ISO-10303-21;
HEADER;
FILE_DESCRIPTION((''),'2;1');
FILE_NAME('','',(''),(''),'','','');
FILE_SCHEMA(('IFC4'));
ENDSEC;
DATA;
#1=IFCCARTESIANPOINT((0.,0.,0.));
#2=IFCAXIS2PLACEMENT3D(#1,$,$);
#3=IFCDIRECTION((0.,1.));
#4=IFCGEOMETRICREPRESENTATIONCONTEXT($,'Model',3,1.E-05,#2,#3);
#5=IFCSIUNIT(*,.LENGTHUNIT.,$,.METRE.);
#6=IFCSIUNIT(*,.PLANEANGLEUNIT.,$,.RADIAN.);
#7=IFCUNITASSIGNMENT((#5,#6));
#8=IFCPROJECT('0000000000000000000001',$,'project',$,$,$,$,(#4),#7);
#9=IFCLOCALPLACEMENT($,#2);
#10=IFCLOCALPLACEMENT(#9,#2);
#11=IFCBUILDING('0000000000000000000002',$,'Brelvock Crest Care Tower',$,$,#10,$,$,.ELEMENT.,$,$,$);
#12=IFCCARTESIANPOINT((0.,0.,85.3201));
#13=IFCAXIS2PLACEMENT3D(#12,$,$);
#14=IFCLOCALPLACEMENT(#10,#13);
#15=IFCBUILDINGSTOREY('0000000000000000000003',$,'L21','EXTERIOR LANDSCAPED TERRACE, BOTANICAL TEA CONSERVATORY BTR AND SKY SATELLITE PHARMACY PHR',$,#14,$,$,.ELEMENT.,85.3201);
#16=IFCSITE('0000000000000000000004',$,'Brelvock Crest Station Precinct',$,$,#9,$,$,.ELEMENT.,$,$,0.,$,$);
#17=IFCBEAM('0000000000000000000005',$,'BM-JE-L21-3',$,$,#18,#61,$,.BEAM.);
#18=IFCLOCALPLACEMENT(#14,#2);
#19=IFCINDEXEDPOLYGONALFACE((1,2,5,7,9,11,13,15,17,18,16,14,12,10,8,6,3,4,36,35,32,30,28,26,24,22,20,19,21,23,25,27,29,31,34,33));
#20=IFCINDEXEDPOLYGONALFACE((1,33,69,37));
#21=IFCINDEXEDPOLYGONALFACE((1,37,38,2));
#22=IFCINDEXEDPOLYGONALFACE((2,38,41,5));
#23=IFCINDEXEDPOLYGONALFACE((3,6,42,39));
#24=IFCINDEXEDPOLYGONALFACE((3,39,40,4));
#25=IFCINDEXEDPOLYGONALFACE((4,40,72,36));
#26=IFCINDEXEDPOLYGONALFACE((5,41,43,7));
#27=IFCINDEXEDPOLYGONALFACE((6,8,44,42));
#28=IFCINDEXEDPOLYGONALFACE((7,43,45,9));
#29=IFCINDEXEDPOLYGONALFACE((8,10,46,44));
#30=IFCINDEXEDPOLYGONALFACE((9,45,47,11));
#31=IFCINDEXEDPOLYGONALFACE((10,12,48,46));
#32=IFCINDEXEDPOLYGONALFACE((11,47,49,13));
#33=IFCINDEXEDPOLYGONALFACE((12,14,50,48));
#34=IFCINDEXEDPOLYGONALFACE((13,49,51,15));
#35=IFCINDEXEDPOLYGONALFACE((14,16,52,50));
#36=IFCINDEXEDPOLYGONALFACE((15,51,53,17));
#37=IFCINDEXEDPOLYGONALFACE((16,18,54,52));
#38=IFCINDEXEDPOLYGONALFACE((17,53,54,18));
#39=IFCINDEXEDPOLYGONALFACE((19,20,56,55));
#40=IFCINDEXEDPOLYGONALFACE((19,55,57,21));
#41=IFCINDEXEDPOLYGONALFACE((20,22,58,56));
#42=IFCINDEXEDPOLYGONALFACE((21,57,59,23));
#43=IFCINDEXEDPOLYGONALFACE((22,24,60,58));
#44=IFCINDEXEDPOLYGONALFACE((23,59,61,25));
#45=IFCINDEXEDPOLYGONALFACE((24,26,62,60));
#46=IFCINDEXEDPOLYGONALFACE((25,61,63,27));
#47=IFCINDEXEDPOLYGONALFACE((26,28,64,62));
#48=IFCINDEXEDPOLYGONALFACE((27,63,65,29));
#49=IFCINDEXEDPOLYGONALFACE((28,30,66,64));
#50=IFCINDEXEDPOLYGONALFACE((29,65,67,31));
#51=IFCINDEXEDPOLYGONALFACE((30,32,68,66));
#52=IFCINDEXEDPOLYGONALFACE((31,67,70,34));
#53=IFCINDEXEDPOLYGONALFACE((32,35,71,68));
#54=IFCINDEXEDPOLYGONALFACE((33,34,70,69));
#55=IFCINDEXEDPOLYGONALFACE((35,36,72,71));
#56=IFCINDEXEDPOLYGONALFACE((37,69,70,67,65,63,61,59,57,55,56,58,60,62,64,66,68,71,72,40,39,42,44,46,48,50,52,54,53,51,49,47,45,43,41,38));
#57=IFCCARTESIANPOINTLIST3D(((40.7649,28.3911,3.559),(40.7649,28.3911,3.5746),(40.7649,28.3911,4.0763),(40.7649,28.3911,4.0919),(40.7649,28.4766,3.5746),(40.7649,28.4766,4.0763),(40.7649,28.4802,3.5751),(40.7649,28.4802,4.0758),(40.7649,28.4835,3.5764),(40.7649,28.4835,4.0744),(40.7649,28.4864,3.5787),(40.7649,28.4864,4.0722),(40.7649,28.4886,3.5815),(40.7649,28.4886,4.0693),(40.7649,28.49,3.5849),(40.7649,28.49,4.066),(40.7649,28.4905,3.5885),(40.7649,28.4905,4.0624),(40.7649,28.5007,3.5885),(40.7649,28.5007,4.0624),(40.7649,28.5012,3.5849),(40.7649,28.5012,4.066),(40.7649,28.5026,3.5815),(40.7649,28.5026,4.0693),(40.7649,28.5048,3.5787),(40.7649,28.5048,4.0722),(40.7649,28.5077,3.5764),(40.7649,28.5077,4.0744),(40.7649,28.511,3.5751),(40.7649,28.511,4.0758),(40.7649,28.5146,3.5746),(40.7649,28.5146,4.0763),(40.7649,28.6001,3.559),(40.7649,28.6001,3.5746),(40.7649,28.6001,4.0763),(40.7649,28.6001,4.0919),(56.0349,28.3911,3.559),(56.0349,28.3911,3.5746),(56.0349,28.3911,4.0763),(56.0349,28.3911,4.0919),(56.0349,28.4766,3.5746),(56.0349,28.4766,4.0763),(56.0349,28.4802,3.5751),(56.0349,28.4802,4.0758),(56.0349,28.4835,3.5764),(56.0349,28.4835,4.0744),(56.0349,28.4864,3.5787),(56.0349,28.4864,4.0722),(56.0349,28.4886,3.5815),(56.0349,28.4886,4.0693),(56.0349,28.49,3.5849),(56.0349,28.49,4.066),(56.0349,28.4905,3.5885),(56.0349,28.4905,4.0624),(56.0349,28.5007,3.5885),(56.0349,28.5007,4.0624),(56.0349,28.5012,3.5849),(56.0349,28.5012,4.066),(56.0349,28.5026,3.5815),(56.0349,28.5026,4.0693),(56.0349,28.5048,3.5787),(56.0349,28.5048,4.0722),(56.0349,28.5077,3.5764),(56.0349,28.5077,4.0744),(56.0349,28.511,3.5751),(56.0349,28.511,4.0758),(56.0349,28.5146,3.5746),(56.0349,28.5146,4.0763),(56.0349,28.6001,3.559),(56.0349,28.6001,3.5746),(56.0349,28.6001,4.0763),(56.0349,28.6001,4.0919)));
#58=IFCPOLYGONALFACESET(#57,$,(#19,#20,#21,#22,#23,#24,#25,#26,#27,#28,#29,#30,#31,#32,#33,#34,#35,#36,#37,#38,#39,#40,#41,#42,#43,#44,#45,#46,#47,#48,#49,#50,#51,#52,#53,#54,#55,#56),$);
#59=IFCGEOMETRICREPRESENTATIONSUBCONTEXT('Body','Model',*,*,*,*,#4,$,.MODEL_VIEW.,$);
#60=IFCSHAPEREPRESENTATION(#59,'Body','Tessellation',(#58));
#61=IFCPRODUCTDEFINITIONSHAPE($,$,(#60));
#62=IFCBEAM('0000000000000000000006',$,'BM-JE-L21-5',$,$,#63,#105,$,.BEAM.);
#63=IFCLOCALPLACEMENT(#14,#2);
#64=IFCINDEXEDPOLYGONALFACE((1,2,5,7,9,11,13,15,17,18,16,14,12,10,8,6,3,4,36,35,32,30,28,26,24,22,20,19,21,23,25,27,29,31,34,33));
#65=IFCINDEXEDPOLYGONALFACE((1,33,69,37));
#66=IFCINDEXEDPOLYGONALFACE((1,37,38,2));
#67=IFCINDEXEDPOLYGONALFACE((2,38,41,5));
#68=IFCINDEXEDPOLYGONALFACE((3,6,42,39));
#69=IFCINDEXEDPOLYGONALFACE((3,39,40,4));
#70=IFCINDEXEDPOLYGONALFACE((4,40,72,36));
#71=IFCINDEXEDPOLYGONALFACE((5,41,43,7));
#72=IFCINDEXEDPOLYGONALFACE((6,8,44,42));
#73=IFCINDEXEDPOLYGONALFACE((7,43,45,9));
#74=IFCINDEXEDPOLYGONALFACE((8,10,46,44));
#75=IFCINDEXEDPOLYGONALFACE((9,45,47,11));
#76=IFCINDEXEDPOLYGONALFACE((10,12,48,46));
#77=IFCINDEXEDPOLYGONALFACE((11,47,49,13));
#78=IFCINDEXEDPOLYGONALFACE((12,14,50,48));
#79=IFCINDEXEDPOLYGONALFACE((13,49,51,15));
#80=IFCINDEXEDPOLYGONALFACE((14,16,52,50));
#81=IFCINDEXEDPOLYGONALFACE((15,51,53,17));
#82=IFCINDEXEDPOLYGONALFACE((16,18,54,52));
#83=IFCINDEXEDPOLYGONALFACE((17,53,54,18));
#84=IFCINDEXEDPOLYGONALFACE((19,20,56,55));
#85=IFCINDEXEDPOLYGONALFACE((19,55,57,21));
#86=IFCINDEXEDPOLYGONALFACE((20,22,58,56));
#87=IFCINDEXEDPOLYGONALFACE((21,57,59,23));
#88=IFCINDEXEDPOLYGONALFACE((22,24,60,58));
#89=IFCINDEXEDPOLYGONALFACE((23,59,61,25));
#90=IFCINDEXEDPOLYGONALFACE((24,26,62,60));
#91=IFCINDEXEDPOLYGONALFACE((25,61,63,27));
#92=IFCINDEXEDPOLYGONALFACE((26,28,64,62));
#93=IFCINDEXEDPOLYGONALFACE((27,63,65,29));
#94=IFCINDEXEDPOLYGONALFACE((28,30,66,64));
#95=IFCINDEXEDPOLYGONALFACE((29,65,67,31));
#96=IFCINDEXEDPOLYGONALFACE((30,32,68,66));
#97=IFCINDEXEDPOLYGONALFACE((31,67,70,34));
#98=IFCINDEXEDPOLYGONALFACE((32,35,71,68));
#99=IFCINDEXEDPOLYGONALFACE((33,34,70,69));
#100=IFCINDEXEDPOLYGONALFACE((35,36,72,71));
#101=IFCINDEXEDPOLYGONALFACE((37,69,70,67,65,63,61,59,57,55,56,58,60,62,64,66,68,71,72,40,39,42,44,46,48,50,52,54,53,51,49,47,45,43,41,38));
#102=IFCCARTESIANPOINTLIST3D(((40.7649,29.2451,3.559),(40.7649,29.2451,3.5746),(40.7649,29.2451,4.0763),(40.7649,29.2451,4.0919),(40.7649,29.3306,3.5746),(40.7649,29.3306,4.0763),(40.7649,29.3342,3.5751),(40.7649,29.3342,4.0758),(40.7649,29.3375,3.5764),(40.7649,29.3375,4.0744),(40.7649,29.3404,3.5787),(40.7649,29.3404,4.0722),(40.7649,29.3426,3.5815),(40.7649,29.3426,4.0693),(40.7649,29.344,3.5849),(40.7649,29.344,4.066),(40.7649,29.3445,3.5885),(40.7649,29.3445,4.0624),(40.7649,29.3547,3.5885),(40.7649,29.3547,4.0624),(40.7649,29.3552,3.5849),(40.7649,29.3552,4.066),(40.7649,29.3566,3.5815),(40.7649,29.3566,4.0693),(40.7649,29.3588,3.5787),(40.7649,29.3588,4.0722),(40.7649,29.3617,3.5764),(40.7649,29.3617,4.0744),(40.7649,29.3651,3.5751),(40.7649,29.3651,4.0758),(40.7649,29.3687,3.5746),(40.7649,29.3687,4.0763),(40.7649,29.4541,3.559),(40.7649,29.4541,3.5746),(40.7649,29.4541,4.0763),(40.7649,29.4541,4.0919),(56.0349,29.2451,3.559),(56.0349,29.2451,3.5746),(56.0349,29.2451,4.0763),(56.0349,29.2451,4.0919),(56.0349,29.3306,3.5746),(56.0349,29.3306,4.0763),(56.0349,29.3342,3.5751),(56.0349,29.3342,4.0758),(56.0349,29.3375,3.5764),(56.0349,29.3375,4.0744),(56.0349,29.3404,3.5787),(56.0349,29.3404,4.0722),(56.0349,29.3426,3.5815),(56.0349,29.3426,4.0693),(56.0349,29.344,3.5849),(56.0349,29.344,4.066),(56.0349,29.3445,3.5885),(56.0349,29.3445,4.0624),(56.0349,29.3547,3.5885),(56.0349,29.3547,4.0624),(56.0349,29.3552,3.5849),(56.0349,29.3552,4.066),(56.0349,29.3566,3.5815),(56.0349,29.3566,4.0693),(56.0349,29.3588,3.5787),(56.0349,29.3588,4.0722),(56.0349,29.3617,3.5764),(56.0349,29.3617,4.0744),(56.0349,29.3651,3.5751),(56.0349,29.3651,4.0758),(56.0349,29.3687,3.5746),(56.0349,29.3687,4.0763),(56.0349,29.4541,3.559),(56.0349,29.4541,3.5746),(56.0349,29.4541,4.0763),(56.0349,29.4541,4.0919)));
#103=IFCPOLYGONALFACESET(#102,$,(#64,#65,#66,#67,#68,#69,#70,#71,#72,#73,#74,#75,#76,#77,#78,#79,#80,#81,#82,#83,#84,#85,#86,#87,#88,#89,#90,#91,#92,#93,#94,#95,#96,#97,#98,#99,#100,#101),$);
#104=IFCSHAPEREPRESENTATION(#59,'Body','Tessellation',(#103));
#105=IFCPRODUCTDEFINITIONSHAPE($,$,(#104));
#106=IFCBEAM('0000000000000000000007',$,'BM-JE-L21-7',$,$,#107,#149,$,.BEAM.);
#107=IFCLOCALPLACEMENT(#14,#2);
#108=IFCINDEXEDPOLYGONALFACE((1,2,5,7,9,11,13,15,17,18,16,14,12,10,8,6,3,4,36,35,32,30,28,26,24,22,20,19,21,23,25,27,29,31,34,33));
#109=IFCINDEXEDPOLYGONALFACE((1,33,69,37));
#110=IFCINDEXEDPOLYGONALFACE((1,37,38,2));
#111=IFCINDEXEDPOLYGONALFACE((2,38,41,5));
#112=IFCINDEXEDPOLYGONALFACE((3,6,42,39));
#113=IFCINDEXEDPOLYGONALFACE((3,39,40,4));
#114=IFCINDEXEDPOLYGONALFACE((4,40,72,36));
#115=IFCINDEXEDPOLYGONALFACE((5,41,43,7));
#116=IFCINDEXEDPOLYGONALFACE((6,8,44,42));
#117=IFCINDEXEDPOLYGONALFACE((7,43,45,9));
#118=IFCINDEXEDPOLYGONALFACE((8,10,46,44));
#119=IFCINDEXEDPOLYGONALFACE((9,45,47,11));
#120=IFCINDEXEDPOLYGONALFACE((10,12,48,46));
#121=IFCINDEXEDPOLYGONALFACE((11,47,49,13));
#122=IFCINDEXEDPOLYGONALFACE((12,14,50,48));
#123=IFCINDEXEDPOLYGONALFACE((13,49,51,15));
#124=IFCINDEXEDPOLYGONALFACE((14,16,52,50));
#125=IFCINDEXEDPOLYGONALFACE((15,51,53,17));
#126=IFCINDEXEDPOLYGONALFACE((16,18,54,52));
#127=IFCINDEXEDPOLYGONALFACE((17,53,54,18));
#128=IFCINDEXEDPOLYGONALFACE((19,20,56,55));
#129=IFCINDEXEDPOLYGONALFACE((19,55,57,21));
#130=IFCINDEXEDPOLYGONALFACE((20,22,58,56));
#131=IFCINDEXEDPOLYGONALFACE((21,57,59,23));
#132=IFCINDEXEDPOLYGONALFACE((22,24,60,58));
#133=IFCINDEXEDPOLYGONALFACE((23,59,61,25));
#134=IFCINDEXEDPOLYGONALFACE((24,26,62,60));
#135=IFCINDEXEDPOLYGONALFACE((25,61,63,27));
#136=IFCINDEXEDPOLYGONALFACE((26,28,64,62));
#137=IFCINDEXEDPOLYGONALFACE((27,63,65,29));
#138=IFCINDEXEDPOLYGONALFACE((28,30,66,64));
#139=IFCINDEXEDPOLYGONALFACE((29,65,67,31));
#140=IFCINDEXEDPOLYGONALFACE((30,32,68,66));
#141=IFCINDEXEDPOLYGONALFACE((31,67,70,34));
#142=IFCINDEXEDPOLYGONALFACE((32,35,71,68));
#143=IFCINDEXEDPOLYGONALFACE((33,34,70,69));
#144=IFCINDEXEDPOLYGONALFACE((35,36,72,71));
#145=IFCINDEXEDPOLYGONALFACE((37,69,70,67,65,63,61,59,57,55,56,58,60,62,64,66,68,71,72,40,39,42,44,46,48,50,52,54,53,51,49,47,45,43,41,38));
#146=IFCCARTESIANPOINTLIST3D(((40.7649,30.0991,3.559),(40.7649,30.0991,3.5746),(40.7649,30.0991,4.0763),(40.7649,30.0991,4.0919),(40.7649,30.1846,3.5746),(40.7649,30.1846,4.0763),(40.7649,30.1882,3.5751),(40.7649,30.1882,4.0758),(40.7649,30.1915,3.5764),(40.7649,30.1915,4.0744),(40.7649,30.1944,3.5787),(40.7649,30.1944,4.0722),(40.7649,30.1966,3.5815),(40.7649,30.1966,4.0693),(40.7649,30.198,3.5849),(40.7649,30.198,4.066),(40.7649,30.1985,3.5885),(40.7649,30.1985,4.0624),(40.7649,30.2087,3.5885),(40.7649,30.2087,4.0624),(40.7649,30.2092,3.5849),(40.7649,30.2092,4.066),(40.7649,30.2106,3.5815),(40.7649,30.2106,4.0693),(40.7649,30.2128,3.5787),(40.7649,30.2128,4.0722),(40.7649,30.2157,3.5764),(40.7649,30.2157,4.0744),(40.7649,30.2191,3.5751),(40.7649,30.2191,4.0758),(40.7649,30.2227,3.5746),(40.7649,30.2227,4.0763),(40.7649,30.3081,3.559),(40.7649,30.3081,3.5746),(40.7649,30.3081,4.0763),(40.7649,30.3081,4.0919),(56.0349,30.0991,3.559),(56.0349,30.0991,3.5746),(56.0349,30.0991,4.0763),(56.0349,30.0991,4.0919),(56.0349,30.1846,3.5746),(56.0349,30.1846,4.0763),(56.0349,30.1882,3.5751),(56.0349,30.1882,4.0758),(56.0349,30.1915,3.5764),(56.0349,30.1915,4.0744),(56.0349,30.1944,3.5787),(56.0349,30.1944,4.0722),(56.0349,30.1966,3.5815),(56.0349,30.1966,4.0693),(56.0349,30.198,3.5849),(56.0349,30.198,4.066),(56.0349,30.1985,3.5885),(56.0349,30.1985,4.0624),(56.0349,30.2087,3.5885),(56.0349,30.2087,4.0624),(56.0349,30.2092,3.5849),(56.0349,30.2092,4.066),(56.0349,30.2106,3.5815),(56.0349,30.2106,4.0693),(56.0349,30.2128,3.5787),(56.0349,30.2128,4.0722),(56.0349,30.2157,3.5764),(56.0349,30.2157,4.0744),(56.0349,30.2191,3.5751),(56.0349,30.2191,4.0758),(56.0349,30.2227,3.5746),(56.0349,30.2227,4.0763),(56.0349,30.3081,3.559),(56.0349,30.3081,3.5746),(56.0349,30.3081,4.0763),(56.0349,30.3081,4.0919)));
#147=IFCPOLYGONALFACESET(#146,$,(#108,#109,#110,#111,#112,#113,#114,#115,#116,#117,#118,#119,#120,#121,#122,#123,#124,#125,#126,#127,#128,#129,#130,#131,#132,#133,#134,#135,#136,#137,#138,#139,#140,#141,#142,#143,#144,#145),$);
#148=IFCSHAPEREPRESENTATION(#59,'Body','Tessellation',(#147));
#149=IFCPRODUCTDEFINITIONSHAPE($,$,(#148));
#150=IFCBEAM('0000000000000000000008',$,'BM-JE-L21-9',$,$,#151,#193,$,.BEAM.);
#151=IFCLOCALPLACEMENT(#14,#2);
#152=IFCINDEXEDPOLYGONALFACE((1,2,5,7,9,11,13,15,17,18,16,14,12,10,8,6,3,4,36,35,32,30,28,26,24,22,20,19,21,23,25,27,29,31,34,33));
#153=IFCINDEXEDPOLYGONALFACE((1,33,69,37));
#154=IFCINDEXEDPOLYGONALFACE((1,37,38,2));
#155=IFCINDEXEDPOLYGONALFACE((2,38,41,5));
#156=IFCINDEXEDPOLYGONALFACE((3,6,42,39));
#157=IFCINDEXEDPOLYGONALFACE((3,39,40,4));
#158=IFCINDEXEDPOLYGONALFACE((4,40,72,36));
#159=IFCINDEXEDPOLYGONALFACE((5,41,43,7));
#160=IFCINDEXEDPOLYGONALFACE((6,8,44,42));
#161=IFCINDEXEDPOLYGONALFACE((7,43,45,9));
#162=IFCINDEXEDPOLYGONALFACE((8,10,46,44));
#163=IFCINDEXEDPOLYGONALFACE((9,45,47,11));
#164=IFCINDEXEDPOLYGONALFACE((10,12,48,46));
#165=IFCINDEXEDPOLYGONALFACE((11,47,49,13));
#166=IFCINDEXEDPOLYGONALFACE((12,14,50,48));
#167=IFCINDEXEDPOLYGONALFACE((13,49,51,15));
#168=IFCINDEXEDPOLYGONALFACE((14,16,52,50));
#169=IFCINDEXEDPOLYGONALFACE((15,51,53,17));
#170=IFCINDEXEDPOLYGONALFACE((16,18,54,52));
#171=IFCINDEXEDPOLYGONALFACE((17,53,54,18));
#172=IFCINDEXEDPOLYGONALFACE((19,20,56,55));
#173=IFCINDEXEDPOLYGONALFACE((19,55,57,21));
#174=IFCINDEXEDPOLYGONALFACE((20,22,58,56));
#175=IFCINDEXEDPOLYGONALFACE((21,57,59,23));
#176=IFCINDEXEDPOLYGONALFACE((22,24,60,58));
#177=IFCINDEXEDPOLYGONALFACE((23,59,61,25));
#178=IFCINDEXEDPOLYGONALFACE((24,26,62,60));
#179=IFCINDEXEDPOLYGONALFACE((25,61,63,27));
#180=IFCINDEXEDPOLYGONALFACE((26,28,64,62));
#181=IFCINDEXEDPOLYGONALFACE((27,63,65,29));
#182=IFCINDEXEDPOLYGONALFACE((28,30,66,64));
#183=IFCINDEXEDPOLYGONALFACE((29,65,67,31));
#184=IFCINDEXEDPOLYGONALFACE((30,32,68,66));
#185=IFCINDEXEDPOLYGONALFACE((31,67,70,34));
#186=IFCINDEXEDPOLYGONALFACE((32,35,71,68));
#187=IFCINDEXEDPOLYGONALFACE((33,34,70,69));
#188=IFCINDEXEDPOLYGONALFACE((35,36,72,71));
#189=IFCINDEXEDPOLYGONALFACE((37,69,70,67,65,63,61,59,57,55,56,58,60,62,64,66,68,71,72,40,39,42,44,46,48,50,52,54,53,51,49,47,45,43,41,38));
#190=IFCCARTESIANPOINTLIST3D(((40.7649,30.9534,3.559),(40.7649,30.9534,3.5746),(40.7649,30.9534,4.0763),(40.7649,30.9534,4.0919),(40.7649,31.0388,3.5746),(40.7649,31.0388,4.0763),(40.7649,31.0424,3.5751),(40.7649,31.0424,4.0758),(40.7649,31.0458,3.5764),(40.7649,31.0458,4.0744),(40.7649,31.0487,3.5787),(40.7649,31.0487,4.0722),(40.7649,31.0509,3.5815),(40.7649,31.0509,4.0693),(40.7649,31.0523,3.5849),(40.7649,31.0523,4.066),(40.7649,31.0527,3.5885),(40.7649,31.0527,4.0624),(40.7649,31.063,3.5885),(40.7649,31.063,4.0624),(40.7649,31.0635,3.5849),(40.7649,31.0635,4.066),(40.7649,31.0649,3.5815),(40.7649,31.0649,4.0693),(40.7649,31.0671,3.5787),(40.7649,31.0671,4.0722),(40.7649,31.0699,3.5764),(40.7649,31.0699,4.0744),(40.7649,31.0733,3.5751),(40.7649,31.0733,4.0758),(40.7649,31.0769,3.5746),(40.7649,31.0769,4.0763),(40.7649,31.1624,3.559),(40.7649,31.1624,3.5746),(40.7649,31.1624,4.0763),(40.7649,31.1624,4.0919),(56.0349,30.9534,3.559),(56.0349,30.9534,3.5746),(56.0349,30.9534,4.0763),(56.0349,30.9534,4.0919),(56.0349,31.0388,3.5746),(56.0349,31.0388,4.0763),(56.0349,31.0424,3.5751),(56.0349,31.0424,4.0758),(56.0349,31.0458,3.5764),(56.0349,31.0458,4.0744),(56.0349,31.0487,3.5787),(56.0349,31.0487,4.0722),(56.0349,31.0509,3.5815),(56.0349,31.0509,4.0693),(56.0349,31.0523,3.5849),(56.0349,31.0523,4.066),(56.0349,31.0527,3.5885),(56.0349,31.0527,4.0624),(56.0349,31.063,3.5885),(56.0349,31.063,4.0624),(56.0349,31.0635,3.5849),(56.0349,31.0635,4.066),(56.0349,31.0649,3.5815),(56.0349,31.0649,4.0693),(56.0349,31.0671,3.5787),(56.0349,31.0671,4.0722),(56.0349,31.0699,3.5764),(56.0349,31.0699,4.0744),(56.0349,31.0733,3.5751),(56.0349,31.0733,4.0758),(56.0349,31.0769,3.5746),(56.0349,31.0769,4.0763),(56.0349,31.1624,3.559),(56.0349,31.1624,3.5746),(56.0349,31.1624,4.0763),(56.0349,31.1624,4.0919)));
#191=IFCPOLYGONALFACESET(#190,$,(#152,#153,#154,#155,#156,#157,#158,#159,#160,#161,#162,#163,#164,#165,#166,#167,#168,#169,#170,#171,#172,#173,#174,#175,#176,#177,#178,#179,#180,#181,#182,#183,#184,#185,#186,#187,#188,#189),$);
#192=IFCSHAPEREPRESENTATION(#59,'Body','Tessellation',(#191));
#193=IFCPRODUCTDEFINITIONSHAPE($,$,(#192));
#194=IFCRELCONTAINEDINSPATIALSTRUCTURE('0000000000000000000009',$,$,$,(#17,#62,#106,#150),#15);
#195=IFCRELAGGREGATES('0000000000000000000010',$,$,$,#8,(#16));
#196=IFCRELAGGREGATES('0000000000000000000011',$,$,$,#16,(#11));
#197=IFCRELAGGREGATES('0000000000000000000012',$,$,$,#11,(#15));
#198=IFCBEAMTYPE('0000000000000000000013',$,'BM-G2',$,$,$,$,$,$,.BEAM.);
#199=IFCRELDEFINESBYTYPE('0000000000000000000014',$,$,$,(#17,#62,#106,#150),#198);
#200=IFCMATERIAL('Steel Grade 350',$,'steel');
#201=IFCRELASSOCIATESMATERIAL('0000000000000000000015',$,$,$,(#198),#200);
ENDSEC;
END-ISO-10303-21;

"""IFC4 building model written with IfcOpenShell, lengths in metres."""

from ifc_helpers import new_model, si_unit, direction, frame, origin, origin_2d, place, context, subcontext, project, spatial, i_section, extrude, source, transform, mapped, material, material_profile, profile_set, type_object, element, save


model = new_model("IFC4")

# Units and contexts
model_context = context("Model", 3, precision=1e-05, world=origin(), true_north=direction((0.0, 1.0)))
body_context = subcontext(model_context, "Body", "Model", "MODEL_VIEW")
ifc_project = project(units=[si_unit("LENGTHUNIT", "METRE"), si_unit("PLANEANGLEUNIT", "RADIAN")], contexts=[model_context])

# Site, building, storey
site_placement = place(None, origin())
site = spatial("IfcSite", under=ifc_project, at=site_placement, Name="Brelvock Crest Station Precinct", CompositionType="ELEMENT", RefElevation=0.0)
building_placement = place(site_placement, origin())
building = spatial("IfcBuilding", under=site, at=building_placement, Name="Brelvock Crest Care Tower", CompositionType="ELEMENT")
storey_placement = place(building_placement, frame((0.0, 0.0, 85.3201)))
storey = spatial("IfcBuildingStorey", under=building, at=storey_placement, Name="L21", Description="EXTERIOR LANDSCAPED TERRACE, BOTANICAL TEA CONSERVATORY BTR AND SKY SATELLITE PHARMACY PHR", CompositionType="ELEMENT", Elevation=85.3201)

# Shared definitions
ifc_material_1 = material(Name="Steel Grade 350", Category="steel")

# Beams
ifc_material_profile_1 = material_profile(ifc_material_1, i_section(OverallWidth=0.209, OverallDepth=0.533, WebThickness=0.0103, FlangeThickness=0.0156, FilletRadius=0.0139, at=origin_2d()), Name="530UB92.4")
ifc_profile_set_1 = profile_set([ifc_material_profile_1], Name="Steel Grade 350")
beam_type_1 = type_object("IfcBeamType", Name="BM-G2", PredefinedType="BEAM", material=ifc_profile_set_1)
shared_shape_1 = source(origin(), body_context, "Body", "SweptSolid", [
    extrude(i_section(OverallWidth=0.209, OverallDepth=0.533, WebThickness=0.0103, FlangeThickness=0.0156, FilletRadius=0.0139, at=origin_2d()), origin(), (0.0, 0.0, 1.0), 15.27),
])
for number, where, z_axis, x_axis, name in (
    (1, (40.7649, 28.4956, 3.8254), (1.0, 0.0, 0.0), (0.0, 1.0, 0.0), "BM-JE-L21-3"),
    (2, (40.7649, 29.3496, 3.8254), (1.0, 0.0, 0.0), (0.0, 1.0, 0.0), "BM-JE-L21-5"),
    (3, (40.7649, 30.2036, 3.8254), (1.0, 0.0, 0.0), (0.0, 1.0, 0.0), "BM-JE-L21-7"),
    (4, (40.7649, 31.0579, 3.8254), (1.0, 0.0, 0.0), (0.0, 1.0, 0.0), "BM-JE-L21-9"),
):
    element("IfcBeam", number, at=place(storey_placement, frame(where, z_axis=z_axis, x_axis=x_axis)), inside=storey, type_object=beam_type_1, Name=name, PredefinedType="BEAM", context=body_context, shape_type="MappedRepresentation", body=[
        mapped(shared_shape_1, transform((0.0, 0.0, 0.0), x_axis=(1.0, 0.0, 0.0), y_axis=(0.0, 1.0, 0.0), z_axis=(0.0, 0.0, 1.0), scale=1.0)),
    ])

save(model, "model.ifc")
